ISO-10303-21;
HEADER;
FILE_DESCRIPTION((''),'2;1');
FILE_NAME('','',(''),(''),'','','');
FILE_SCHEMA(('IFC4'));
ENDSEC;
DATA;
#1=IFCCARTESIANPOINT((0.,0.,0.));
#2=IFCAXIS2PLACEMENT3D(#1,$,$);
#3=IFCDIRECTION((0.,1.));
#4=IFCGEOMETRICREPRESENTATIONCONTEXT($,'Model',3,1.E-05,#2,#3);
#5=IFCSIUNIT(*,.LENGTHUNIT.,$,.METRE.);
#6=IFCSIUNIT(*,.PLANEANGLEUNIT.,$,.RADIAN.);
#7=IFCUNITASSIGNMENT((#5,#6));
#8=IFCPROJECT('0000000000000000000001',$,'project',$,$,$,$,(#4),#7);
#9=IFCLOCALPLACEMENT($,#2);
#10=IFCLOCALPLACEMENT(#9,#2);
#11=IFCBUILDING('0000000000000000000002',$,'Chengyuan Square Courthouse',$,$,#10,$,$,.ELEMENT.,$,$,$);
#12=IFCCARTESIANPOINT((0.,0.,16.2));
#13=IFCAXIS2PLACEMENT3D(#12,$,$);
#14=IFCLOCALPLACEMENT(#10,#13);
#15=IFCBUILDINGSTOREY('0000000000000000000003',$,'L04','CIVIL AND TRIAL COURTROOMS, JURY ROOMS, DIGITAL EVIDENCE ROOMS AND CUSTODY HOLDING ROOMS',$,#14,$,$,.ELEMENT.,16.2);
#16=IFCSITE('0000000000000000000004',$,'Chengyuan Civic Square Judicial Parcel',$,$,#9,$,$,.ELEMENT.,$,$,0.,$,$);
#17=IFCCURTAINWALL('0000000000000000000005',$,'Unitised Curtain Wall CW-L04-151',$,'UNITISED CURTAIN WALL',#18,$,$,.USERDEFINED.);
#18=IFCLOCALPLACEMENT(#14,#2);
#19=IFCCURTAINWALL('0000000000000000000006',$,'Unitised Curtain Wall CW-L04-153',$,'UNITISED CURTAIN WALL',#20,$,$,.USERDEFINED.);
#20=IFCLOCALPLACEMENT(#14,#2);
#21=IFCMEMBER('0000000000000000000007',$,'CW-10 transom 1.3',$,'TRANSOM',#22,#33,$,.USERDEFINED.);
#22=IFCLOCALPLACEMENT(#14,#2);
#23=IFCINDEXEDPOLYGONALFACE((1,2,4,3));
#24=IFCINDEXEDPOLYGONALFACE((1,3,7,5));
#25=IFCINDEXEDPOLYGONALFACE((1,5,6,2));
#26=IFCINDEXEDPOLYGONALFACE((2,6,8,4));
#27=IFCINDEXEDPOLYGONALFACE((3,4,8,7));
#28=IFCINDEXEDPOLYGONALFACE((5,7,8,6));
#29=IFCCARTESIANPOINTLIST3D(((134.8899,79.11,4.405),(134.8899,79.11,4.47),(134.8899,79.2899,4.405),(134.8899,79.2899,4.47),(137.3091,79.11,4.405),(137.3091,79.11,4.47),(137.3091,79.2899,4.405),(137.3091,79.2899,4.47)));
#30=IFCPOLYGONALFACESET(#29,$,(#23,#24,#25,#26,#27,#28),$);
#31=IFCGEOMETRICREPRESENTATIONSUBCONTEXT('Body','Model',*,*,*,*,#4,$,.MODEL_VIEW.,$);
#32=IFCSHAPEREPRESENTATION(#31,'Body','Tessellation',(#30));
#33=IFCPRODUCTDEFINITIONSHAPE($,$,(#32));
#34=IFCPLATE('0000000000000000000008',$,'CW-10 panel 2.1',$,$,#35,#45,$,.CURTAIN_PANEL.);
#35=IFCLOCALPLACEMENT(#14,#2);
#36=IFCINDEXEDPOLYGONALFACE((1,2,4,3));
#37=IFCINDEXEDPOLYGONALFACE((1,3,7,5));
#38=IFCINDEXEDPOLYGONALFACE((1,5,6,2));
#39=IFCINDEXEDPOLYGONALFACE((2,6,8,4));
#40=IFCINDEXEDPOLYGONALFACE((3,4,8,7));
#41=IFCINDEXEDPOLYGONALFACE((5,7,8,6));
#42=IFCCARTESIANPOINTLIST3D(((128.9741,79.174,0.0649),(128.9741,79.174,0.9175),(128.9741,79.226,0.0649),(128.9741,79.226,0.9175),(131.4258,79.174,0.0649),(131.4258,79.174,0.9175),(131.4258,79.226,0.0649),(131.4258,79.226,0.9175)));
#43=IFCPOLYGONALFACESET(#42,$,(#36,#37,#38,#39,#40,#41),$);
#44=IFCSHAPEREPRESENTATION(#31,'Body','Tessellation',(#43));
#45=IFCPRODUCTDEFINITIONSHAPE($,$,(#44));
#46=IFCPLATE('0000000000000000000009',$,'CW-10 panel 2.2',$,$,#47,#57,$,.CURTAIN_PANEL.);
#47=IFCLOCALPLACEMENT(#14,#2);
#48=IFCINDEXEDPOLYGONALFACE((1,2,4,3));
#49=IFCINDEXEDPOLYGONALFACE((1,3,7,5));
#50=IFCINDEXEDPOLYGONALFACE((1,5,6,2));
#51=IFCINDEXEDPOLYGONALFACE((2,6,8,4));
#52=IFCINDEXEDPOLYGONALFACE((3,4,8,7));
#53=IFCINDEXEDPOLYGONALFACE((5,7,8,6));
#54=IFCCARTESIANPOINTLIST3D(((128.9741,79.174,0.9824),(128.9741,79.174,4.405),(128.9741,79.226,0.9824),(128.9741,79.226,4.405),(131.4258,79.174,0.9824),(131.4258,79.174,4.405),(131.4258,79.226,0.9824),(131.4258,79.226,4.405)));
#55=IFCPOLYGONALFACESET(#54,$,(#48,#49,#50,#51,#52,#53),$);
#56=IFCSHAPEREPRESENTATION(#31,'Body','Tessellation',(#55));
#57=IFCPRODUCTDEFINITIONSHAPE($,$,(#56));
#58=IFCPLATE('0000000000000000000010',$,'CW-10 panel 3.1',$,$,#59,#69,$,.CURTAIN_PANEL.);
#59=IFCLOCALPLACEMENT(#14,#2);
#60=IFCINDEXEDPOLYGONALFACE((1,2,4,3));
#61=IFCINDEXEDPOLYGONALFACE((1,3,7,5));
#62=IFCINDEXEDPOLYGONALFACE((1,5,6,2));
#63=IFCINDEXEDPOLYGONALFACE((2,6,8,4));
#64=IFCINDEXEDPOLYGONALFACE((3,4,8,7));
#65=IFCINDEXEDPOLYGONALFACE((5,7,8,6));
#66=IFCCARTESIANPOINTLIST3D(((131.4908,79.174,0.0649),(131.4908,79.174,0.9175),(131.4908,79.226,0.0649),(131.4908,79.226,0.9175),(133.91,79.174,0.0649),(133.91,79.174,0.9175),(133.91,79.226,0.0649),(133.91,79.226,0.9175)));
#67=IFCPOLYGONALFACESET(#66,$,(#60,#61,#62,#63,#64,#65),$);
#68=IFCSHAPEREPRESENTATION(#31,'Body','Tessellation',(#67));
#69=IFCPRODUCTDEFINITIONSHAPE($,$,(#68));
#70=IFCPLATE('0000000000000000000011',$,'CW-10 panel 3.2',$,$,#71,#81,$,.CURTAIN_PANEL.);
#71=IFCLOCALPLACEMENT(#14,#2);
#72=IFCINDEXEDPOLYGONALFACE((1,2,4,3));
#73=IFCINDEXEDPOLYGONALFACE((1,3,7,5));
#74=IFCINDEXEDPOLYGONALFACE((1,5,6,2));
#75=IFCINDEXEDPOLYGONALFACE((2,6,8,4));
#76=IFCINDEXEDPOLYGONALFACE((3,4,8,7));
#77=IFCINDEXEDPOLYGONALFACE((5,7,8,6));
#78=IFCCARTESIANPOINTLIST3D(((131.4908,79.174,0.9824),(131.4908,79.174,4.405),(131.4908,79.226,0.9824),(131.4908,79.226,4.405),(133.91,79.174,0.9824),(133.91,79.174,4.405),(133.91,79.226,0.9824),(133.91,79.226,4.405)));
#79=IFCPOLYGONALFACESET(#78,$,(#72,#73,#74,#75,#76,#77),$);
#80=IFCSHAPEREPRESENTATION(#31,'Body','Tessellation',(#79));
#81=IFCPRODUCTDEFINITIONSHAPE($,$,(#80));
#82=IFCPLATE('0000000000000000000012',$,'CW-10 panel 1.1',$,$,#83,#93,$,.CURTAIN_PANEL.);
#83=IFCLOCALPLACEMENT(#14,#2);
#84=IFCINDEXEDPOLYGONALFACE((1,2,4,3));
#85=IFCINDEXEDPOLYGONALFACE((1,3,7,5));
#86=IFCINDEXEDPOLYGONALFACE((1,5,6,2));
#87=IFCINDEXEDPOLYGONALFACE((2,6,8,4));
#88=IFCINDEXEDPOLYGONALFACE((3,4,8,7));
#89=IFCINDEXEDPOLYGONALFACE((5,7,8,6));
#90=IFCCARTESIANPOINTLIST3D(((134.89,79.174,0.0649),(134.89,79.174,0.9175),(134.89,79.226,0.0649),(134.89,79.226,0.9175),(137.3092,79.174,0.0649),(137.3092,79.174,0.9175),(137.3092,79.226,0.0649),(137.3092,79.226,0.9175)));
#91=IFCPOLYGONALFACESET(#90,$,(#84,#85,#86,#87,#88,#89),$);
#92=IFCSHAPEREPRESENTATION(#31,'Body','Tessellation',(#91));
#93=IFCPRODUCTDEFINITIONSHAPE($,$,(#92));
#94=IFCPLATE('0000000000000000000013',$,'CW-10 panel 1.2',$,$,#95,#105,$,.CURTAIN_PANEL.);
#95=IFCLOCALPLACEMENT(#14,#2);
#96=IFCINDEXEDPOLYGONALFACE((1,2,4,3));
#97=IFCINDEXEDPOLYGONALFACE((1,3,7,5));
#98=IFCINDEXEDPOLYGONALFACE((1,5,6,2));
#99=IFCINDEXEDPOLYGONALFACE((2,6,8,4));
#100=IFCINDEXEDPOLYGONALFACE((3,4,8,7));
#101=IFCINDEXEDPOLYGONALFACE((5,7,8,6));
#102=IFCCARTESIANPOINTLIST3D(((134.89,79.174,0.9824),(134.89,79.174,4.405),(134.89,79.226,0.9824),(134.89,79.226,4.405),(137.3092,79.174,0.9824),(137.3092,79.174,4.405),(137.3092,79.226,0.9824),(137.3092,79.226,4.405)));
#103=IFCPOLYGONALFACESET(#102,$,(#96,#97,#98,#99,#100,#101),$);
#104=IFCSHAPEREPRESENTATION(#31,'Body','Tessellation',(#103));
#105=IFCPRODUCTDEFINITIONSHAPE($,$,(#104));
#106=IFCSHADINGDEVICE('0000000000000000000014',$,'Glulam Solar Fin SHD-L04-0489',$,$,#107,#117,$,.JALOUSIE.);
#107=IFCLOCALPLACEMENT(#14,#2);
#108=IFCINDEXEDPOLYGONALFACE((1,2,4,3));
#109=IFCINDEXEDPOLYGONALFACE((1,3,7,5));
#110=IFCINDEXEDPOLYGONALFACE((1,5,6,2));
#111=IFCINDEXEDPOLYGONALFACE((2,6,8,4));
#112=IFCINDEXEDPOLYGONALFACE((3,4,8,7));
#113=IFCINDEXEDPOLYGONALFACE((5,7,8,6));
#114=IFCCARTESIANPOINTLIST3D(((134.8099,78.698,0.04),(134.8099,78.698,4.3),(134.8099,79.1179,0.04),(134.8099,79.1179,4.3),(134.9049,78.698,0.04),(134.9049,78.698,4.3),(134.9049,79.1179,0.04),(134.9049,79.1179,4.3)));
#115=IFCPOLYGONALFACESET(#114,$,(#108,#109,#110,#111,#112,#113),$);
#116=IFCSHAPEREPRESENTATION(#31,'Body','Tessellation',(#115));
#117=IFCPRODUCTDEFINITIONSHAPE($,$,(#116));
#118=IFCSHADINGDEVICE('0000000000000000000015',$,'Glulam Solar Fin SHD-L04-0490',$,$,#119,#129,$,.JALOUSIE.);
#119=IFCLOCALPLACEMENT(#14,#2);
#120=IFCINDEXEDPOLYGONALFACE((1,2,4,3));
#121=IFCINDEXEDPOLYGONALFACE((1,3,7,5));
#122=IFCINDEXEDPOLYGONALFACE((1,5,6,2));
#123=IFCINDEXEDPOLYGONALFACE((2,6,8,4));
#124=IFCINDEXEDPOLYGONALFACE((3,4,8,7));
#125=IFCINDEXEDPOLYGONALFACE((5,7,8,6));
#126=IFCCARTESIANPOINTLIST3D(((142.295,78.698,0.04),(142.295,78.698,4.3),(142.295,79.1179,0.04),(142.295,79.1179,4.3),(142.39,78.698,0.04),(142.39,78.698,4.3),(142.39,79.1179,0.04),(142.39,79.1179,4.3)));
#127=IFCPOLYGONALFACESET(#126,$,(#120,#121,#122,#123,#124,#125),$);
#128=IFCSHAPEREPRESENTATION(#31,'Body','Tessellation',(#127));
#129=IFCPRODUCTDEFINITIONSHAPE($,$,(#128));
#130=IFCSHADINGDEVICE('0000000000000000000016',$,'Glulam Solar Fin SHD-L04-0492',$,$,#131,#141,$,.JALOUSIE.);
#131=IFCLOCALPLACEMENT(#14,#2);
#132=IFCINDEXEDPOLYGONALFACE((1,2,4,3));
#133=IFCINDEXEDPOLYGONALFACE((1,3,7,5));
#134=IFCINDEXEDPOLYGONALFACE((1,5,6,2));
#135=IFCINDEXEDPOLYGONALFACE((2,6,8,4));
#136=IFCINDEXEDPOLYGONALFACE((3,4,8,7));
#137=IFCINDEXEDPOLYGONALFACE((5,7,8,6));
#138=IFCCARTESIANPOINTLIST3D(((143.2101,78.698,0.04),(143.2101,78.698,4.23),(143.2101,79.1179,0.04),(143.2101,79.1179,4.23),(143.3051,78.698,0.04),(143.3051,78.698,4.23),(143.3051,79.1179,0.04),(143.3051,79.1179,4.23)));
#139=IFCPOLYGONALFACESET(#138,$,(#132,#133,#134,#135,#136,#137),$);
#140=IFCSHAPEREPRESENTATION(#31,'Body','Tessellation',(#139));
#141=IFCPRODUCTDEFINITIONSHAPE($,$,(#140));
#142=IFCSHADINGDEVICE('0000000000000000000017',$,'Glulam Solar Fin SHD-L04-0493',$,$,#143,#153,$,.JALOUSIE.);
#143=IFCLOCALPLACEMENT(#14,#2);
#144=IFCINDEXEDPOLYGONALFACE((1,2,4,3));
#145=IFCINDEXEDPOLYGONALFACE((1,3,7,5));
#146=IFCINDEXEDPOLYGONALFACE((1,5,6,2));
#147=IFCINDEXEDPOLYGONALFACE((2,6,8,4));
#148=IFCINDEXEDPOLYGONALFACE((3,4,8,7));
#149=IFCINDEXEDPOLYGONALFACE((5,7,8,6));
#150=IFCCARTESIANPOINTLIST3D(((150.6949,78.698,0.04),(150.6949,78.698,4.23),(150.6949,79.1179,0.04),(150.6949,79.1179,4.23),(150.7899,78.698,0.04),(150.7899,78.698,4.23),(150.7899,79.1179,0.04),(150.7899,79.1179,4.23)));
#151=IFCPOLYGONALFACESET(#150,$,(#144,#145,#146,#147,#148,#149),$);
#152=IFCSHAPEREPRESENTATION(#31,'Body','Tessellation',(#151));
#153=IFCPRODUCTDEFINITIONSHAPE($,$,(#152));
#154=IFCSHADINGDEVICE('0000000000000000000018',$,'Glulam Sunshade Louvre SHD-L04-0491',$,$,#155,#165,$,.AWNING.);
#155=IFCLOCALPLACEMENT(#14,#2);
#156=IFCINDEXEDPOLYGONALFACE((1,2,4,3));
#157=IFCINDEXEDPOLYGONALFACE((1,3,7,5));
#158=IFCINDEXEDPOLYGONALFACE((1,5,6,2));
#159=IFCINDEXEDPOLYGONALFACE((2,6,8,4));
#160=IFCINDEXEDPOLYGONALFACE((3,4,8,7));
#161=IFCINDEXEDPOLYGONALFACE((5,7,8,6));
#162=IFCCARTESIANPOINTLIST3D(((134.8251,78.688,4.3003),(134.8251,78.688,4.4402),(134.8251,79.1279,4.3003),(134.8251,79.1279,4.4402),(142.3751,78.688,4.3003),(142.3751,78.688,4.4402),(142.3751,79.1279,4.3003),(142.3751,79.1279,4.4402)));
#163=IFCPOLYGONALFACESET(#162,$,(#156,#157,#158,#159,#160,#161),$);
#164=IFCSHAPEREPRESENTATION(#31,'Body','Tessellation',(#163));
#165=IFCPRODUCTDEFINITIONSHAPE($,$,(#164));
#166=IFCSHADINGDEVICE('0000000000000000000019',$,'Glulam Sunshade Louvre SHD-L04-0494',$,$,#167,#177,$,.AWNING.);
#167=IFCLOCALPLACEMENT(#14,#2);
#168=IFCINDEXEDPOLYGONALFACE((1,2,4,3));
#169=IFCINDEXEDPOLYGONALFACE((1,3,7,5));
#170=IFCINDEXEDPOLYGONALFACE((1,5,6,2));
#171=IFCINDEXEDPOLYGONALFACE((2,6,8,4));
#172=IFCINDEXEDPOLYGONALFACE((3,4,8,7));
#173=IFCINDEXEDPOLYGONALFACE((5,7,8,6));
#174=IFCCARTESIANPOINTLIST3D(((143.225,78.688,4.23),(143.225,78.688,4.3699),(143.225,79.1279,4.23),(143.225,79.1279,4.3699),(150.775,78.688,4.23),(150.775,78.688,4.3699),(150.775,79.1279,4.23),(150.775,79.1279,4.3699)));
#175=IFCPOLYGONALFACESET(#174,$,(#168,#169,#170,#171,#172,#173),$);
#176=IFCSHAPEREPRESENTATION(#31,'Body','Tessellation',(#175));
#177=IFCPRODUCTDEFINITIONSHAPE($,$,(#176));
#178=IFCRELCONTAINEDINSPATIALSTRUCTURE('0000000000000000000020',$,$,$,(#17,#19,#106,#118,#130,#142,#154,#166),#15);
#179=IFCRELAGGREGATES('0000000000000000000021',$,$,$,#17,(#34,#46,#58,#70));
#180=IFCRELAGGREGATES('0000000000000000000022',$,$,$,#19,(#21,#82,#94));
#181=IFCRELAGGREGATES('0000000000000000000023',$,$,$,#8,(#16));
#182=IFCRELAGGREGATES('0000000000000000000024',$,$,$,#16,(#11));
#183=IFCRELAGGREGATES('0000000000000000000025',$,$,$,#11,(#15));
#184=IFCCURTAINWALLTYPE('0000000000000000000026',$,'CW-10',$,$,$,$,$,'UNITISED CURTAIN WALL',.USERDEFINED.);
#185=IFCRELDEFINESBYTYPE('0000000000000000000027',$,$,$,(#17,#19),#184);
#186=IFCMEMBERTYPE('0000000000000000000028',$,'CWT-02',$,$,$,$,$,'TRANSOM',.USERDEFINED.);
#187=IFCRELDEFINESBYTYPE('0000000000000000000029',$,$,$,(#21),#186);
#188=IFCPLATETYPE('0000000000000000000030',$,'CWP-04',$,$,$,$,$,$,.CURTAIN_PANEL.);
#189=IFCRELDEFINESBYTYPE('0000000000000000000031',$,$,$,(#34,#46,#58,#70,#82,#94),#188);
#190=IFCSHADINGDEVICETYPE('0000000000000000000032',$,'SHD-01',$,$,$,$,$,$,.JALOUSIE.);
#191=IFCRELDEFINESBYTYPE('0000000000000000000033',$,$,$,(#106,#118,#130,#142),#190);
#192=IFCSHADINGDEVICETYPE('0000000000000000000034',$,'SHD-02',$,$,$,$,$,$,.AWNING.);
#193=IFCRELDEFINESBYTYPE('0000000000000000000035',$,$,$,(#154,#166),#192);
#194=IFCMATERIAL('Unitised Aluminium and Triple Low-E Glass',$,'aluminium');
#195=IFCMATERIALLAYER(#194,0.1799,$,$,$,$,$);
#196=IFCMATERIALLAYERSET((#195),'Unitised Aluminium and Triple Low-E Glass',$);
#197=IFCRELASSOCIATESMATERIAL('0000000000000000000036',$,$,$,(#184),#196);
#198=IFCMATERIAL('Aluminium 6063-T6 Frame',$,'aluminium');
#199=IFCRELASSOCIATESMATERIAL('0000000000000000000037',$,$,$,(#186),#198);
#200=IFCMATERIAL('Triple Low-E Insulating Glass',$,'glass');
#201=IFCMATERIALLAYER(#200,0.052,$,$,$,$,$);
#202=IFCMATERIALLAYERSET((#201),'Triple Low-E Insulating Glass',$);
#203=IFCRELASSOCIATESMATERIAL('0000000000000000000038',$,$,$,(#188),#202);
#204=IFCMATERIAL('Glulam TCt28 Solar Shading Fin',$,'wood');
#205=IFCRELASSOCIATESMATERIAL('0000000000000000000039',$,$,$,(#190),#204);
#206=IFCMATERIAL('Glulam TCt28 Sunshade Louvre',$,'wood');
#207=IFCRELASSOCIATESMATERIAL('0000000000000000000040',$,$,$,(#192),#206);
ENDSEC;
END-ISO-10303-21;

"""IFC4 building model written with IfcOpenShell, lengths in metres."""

from ifc_helpers import new_model, si_unit, direction, frame, origin, origin_2d, place, context, subcontext, project, spatial, rectangle, extrude, material, layer, layer_set, material_profile, profile_set, type_object, element, aggregate, save


model = new_model("IFC4")

# Units and contexts
model_context = context("Model", 3, precision=1e-05, world=origin(), true_north=direction((0.0, 1.0)))
body_context = subcontext(model_context, "Body", "Model", "MODEL_VIEW")
ifc_project = project(units=[si_unit("LENGTHUNIT", "METRE"), si_unit("PLANEANGLEUNIT", "RADIAN")], contexts=[model_context])

# Site, building, storey
site_placement = place(None, origin())
site = spatial("IfcSite", under=ifc_project, at=site_placement, Name="Chengyuan Civic Square Judicial Parcel", CompositionType="ELEMENT", RefElevation=0.0)
building_placement = place(site_placement, origin())
building = spatial("IfcBuilding", under=site, at=building_placement, Name="Chengyuan Square Courthouse", CompositionType="ELEMENT")
storey_placement = place(building_placement, frame((0.0, 0.0, 16.2)))
storey = spatial("IfcBuildingStorey", under=building, at=storey_placement, Name="L04", Description="CIVIL AND TRIAL COURTROOMS, JURY ROOMS, DIGITAL EVIDENCE ROOMS AND CUSTODY HOLDING ROOMS", CompositionType="ELEMENT", Elevation=16.2)

# Curtain wall
ifc_material_1 = material(Name="Unitised Aluminium and Triple Low-E Glass", Category="aluminium")
ifc_layer_1 = layer(ifc_material_1, 0.1799)
ifc_layer_set_1 = layer_set([ifc_layer_1], Name="Unitised Aluminium and Triple Low-E Glass")
curtain_wall_type = type_object("IfcCurtainWallType", Name="CW-10", ElementType="UNITISED CURTAIN WALL", PredefinedType="USERDEFINED", material=ifc_layer_set_1)
curtain_wall_1_placement = place(storey_placement, origin())
curtain_wall_1 = element("IfcCurtainWall", 1, at=curtain_wall_1_placement, inside=storey, type_object=curtain_wall_type, Name="Unitised Curtain Wall CW-L04-151", ObjectType="UNITISED CURTAIN WALL", PredefinedType="USERDEFINED")
ifc_material_2 = material(Name="Aluminium 6063-T6 Frame", Category="aluminium")

# Curtain wall
curtain_wall_2_placement = place(storey_placement, origin())
curtain_wall_2 = element("IfcCurtainWall", 2, at=curtain_wall_2_placement, inside=storey, type_object=curtain_wall_type, Name="Unitised Curtain Wall CW-L04-153", ObjectType="UNITISED CURTAIN WALL", PredefinedType="USERDEFINED")

# Member
ifc_material_profile_1 = material_profile(ifc_material_2, rectangle(XDim=0.1799, YDim=0.0649, at=origin_2d()), Name="CW-TRN-65x140")
ifc_profile_set_1 = profile_set([ifc_material_profile_1], Name="Aluminium 6063-T6 Frame")
member_type_1 = type_object("IfcMemberType", Name="CWT-02", ElementType="TRANSOM", PredefinedType="USERDEFINED", material=ifc_profile_set_1)
member_1_placement = place(storey_placement, frame((134.8899, 79.2, 4.4375), z_axis=(1.0, 0.0, 0.0), x_axis=(0.0, 1.0, 0.0)))
member_1 = element("IfcMember", 3, at=member_1_placement, type_object=member_type_1, Name="CW-10 transom 1.3", ObjectType="TRANSOM", PredefinedType="USERDEFINED", context=body_context, shape_type="SweptSolid", body=[
    extrude(rectangle(XDim=0.1799, YDim=0.0649, at=origin_2d()), origin(), (0.0, 0.0, 1.0), 2.4192),
])

# Plates
ifc_material_3 = material(Name="Triple Low-E Insulating Glass", Category="glass")
ifc_layer_2 = layer(ifc_material_3, 0.052)
ifc_layer_set_2 = layer_set([ifc_layer_2], Name="Triple Low-E Insulating Glass")
plate_type = type_object("IfcPlateType", Name="CWP-04", PredefinedType="CURTAIN_PANEL", material=ifc_layer_set_2)
plate_1_placement = place(storey_placement, frame((130.2, 79.2, 0.0649), z_axis=(0.0, 0.0, 1.0), x_axis=(1.0, 0.0, 0.0)))
plate_1 = element("IfcPlate", 4, at=plate_1_placement, type_object=plate_type, Name="CW-10 panel 2.1", PredefinedType="CURTAIN_PANEL", context=body_context, shape_type="SweptSolid", body=[
    extrude(rectangle(XDim=2.4517, YDim=0.052, at=origin_2d()), origin(), (0.0, 0.0, 1.0), 0.8525),
])
plate_2_placement = place(storey_placement, frame((130.2, 79.2, 0.9824), z_axis=(0.0, 0.0, 1.0), x_axis=(1.0, 0.0, 0.0)))
plate_2 = element("IfcPlate", 5, at=plate_2_placement, type_object=plate_type, Name="CW-10 panel 2.2", PredefinedType="CURTAIN_PANEL", context=body_context, shape_type="SweptSolid", body=[
    extrude(rectangle(XDim=2.4517, YDim=0.052, at=origin_2d()), origin(), (0.0, 0.0, 1.0), 3.4226),
])
plate_3_placement = place(storey_placement, frame((132.7004, 79.2, 0.0649), z_axis=(0.0, 0.0, 1.0), x_axis=(1.0, 0.0, 0.0)))
plate_3 = element("IfcPlate", 6, at=plate_3_placement, type_object=plate_type, Name="CW-10 panel 3.1", PredefinedType="CURTAIN_PANEL", context=body_context, shape_type="SweptSolid", body=[
    extrude(rectangle(XDim=2.4192, YDim=0.052, at=origin_2d()), origin(), (0.0, 0.0, 1.0), 0.8525),
])
plate_4_placement = place(storey_placement, frame((132.7004, 79.2, 0.9824), z_axis=(0.0, 0.0, 1.0), x_axis=(1.0, 0.0, 0.0)))
plate_4 = element("IfcPlate", 7, at=plate_4_placement, type_object=plate_type, Name="CW-10 panel 3.2", PredefinedType="CURTAIN_PANEL", context=body_context, shape_type="SweptSolid", body=[
    extrude(rectangle(XDim=2.4192, YDim=0.052, at=origin_2d()), origin(), (0.0, 0.0, 1.0), 3.4226),
])
aggregate(curtain_wall_1, [plate_1, plate_2, plate_3, plate_4])
plate_5_placement = place(storey_placement, frame((136.0996, 79.2, 0.0649), z_axis=(0.0, 0.0, 1.0), x_axis=(1.0, 0.0, 0.0)))
plate_5 = element("IfcPlate", 8, at=plate_5_placement, type_object=plate_type, Name="CW-10 panel 1.1", PredefinedType="CURTAIN_PANEL", context=body_context, shape_type="SweptSolid", body=[
    extrude(rectangle(XDim=2.4192, YDim=0.052, at=origin_2d()), origin(), (0.0, 0.0, 1.0), 0.8525),
])
plate_6_placement = place(storey_placement, frame((136.0996, 79.2, 0.9824), z_axis=(0.0, 0.0, 1.0), x_axis=(1.0, 0.0, 0.0)))
plate_6 = element("IfcPlate", 9, at=plate_6_placement, type_object=plate_type, Name="CW-10 panel 1.2", PredefinedType="CURTAIN_PANEL", context=body_context, shape_type="SweptSolid", body=[
    extrude(rectangle(XDim=2.4192, YDim=0.052, at=origin_2d()), origin(), (0.0, 0.0, 1.0), 3.4226),
])
aggregate(curtain_wall_2, [member_1, plate_5, plate_6])

# Shading devices
ifc_material_4 = material(Name="Glulam TCt28 Solar Shading Fin", Category="wood")
shading_device_type_1 = type_object("IfcShadingDeviceType", Name="SHD-01", PredefinedType="JALOUSIE", material=ifc_material_4)
for number, where, z_axis, x_axis, name in (
    (10, (134.8574, 78.908, 0.04), (0.0, 0.0, 1.0), (0.0, 1.0, 0.0), "Glulam Solar Fin SHD-L04-0489"),
    (11, (142.3425, 78.908, 0.04), (0.0, 0.0, 1.0), (0.0, 1.0, 0.0), "Glulam Solar Fin SHD-L04-0490"),
):
    element("IfcShadingDevice", number, at=place(storey_placement, frame(where, z_axis=z_axis, x_axis=x_axis)), inside=storey, type_object=shading_device_type_1, Name=name, PredefinedType="JALOUSIE", context=body_context, shape_type="SweptSolid", body=[
        extrude(rectangle(XDim=0.4199, YDim=0.095, at=origin_2d()), origin(), (0.0, 0.0, 1.0), 4.26),
    ])
for number, where, z_axis, x_axis, name in (
    (12, (143.2576, 78.908, 0.04), (0.0, 0.0, 1.0), (0.0, 1.0, 0.0), "Glulam Solar Fin SHD-L04-0492"),
    (13, (150.7424, 78.908, 0.04), (0.0, 0.0, 1.0), (0.0, 1.0, 0.0), "Glulam Solar Fin SHD-L04-0493"),
):
    element("IfcShadingDevice", number, at=place(storey_placement, frame(where, z_axis=z_axis, x_axis=x_axis)), inside=storey, type_object=shading_device_type_1, Name=name, PredefinedType="JALOUSIE", context=body_context, shape_type="SweptSolid", body=[
        extrude(rectangle(XDim=0.4199, YDim=0.095, at=origin_2d()), origin(), (0.0, 0.0, 1.0), 4.1899),
    ])
ifc_material_5 = material(Name="Glulam TCt28 Sunshade Louvre", Category="wood")
shading_device_type_2 = type_object("IfcShadingDeviceType", Name="SHD-02", PredefinedType="AWNING", material=ifc_material_5)
for number, where, z_axis, x_axis, name in (
    (14, (138.6001, 78.908, 4.3003), (0.0, 0.0, 1.0), (1.0, 0.0, 0.0), "Glulam Sunshade Louvre SHD-L04-0491"),
    (15, (147.0, 78.908, 4.23), (0.0, 0.0, 1.0), (1.0, 0.0, 0.0), "Glulam Sunshade Louvre SHD-L04-0494"),
):
    element("IfcShadingDevice", number, at=place(storey_placement, frame(where, z_axis=z_axis, x_axis=x_axis)), inside=storey, type_object=shading_device_type_2, Name=name, PredefinedType="AWNING", context=body_context, shape_type="SweptSolid", body=[
        extrude(rectangle(XDim=7.55, YDim=0.4399, at=origin_2d()), origin(), (0.0, 0.0, 1.0), 0.1399),
    ])

save(model, "model.ifc")
